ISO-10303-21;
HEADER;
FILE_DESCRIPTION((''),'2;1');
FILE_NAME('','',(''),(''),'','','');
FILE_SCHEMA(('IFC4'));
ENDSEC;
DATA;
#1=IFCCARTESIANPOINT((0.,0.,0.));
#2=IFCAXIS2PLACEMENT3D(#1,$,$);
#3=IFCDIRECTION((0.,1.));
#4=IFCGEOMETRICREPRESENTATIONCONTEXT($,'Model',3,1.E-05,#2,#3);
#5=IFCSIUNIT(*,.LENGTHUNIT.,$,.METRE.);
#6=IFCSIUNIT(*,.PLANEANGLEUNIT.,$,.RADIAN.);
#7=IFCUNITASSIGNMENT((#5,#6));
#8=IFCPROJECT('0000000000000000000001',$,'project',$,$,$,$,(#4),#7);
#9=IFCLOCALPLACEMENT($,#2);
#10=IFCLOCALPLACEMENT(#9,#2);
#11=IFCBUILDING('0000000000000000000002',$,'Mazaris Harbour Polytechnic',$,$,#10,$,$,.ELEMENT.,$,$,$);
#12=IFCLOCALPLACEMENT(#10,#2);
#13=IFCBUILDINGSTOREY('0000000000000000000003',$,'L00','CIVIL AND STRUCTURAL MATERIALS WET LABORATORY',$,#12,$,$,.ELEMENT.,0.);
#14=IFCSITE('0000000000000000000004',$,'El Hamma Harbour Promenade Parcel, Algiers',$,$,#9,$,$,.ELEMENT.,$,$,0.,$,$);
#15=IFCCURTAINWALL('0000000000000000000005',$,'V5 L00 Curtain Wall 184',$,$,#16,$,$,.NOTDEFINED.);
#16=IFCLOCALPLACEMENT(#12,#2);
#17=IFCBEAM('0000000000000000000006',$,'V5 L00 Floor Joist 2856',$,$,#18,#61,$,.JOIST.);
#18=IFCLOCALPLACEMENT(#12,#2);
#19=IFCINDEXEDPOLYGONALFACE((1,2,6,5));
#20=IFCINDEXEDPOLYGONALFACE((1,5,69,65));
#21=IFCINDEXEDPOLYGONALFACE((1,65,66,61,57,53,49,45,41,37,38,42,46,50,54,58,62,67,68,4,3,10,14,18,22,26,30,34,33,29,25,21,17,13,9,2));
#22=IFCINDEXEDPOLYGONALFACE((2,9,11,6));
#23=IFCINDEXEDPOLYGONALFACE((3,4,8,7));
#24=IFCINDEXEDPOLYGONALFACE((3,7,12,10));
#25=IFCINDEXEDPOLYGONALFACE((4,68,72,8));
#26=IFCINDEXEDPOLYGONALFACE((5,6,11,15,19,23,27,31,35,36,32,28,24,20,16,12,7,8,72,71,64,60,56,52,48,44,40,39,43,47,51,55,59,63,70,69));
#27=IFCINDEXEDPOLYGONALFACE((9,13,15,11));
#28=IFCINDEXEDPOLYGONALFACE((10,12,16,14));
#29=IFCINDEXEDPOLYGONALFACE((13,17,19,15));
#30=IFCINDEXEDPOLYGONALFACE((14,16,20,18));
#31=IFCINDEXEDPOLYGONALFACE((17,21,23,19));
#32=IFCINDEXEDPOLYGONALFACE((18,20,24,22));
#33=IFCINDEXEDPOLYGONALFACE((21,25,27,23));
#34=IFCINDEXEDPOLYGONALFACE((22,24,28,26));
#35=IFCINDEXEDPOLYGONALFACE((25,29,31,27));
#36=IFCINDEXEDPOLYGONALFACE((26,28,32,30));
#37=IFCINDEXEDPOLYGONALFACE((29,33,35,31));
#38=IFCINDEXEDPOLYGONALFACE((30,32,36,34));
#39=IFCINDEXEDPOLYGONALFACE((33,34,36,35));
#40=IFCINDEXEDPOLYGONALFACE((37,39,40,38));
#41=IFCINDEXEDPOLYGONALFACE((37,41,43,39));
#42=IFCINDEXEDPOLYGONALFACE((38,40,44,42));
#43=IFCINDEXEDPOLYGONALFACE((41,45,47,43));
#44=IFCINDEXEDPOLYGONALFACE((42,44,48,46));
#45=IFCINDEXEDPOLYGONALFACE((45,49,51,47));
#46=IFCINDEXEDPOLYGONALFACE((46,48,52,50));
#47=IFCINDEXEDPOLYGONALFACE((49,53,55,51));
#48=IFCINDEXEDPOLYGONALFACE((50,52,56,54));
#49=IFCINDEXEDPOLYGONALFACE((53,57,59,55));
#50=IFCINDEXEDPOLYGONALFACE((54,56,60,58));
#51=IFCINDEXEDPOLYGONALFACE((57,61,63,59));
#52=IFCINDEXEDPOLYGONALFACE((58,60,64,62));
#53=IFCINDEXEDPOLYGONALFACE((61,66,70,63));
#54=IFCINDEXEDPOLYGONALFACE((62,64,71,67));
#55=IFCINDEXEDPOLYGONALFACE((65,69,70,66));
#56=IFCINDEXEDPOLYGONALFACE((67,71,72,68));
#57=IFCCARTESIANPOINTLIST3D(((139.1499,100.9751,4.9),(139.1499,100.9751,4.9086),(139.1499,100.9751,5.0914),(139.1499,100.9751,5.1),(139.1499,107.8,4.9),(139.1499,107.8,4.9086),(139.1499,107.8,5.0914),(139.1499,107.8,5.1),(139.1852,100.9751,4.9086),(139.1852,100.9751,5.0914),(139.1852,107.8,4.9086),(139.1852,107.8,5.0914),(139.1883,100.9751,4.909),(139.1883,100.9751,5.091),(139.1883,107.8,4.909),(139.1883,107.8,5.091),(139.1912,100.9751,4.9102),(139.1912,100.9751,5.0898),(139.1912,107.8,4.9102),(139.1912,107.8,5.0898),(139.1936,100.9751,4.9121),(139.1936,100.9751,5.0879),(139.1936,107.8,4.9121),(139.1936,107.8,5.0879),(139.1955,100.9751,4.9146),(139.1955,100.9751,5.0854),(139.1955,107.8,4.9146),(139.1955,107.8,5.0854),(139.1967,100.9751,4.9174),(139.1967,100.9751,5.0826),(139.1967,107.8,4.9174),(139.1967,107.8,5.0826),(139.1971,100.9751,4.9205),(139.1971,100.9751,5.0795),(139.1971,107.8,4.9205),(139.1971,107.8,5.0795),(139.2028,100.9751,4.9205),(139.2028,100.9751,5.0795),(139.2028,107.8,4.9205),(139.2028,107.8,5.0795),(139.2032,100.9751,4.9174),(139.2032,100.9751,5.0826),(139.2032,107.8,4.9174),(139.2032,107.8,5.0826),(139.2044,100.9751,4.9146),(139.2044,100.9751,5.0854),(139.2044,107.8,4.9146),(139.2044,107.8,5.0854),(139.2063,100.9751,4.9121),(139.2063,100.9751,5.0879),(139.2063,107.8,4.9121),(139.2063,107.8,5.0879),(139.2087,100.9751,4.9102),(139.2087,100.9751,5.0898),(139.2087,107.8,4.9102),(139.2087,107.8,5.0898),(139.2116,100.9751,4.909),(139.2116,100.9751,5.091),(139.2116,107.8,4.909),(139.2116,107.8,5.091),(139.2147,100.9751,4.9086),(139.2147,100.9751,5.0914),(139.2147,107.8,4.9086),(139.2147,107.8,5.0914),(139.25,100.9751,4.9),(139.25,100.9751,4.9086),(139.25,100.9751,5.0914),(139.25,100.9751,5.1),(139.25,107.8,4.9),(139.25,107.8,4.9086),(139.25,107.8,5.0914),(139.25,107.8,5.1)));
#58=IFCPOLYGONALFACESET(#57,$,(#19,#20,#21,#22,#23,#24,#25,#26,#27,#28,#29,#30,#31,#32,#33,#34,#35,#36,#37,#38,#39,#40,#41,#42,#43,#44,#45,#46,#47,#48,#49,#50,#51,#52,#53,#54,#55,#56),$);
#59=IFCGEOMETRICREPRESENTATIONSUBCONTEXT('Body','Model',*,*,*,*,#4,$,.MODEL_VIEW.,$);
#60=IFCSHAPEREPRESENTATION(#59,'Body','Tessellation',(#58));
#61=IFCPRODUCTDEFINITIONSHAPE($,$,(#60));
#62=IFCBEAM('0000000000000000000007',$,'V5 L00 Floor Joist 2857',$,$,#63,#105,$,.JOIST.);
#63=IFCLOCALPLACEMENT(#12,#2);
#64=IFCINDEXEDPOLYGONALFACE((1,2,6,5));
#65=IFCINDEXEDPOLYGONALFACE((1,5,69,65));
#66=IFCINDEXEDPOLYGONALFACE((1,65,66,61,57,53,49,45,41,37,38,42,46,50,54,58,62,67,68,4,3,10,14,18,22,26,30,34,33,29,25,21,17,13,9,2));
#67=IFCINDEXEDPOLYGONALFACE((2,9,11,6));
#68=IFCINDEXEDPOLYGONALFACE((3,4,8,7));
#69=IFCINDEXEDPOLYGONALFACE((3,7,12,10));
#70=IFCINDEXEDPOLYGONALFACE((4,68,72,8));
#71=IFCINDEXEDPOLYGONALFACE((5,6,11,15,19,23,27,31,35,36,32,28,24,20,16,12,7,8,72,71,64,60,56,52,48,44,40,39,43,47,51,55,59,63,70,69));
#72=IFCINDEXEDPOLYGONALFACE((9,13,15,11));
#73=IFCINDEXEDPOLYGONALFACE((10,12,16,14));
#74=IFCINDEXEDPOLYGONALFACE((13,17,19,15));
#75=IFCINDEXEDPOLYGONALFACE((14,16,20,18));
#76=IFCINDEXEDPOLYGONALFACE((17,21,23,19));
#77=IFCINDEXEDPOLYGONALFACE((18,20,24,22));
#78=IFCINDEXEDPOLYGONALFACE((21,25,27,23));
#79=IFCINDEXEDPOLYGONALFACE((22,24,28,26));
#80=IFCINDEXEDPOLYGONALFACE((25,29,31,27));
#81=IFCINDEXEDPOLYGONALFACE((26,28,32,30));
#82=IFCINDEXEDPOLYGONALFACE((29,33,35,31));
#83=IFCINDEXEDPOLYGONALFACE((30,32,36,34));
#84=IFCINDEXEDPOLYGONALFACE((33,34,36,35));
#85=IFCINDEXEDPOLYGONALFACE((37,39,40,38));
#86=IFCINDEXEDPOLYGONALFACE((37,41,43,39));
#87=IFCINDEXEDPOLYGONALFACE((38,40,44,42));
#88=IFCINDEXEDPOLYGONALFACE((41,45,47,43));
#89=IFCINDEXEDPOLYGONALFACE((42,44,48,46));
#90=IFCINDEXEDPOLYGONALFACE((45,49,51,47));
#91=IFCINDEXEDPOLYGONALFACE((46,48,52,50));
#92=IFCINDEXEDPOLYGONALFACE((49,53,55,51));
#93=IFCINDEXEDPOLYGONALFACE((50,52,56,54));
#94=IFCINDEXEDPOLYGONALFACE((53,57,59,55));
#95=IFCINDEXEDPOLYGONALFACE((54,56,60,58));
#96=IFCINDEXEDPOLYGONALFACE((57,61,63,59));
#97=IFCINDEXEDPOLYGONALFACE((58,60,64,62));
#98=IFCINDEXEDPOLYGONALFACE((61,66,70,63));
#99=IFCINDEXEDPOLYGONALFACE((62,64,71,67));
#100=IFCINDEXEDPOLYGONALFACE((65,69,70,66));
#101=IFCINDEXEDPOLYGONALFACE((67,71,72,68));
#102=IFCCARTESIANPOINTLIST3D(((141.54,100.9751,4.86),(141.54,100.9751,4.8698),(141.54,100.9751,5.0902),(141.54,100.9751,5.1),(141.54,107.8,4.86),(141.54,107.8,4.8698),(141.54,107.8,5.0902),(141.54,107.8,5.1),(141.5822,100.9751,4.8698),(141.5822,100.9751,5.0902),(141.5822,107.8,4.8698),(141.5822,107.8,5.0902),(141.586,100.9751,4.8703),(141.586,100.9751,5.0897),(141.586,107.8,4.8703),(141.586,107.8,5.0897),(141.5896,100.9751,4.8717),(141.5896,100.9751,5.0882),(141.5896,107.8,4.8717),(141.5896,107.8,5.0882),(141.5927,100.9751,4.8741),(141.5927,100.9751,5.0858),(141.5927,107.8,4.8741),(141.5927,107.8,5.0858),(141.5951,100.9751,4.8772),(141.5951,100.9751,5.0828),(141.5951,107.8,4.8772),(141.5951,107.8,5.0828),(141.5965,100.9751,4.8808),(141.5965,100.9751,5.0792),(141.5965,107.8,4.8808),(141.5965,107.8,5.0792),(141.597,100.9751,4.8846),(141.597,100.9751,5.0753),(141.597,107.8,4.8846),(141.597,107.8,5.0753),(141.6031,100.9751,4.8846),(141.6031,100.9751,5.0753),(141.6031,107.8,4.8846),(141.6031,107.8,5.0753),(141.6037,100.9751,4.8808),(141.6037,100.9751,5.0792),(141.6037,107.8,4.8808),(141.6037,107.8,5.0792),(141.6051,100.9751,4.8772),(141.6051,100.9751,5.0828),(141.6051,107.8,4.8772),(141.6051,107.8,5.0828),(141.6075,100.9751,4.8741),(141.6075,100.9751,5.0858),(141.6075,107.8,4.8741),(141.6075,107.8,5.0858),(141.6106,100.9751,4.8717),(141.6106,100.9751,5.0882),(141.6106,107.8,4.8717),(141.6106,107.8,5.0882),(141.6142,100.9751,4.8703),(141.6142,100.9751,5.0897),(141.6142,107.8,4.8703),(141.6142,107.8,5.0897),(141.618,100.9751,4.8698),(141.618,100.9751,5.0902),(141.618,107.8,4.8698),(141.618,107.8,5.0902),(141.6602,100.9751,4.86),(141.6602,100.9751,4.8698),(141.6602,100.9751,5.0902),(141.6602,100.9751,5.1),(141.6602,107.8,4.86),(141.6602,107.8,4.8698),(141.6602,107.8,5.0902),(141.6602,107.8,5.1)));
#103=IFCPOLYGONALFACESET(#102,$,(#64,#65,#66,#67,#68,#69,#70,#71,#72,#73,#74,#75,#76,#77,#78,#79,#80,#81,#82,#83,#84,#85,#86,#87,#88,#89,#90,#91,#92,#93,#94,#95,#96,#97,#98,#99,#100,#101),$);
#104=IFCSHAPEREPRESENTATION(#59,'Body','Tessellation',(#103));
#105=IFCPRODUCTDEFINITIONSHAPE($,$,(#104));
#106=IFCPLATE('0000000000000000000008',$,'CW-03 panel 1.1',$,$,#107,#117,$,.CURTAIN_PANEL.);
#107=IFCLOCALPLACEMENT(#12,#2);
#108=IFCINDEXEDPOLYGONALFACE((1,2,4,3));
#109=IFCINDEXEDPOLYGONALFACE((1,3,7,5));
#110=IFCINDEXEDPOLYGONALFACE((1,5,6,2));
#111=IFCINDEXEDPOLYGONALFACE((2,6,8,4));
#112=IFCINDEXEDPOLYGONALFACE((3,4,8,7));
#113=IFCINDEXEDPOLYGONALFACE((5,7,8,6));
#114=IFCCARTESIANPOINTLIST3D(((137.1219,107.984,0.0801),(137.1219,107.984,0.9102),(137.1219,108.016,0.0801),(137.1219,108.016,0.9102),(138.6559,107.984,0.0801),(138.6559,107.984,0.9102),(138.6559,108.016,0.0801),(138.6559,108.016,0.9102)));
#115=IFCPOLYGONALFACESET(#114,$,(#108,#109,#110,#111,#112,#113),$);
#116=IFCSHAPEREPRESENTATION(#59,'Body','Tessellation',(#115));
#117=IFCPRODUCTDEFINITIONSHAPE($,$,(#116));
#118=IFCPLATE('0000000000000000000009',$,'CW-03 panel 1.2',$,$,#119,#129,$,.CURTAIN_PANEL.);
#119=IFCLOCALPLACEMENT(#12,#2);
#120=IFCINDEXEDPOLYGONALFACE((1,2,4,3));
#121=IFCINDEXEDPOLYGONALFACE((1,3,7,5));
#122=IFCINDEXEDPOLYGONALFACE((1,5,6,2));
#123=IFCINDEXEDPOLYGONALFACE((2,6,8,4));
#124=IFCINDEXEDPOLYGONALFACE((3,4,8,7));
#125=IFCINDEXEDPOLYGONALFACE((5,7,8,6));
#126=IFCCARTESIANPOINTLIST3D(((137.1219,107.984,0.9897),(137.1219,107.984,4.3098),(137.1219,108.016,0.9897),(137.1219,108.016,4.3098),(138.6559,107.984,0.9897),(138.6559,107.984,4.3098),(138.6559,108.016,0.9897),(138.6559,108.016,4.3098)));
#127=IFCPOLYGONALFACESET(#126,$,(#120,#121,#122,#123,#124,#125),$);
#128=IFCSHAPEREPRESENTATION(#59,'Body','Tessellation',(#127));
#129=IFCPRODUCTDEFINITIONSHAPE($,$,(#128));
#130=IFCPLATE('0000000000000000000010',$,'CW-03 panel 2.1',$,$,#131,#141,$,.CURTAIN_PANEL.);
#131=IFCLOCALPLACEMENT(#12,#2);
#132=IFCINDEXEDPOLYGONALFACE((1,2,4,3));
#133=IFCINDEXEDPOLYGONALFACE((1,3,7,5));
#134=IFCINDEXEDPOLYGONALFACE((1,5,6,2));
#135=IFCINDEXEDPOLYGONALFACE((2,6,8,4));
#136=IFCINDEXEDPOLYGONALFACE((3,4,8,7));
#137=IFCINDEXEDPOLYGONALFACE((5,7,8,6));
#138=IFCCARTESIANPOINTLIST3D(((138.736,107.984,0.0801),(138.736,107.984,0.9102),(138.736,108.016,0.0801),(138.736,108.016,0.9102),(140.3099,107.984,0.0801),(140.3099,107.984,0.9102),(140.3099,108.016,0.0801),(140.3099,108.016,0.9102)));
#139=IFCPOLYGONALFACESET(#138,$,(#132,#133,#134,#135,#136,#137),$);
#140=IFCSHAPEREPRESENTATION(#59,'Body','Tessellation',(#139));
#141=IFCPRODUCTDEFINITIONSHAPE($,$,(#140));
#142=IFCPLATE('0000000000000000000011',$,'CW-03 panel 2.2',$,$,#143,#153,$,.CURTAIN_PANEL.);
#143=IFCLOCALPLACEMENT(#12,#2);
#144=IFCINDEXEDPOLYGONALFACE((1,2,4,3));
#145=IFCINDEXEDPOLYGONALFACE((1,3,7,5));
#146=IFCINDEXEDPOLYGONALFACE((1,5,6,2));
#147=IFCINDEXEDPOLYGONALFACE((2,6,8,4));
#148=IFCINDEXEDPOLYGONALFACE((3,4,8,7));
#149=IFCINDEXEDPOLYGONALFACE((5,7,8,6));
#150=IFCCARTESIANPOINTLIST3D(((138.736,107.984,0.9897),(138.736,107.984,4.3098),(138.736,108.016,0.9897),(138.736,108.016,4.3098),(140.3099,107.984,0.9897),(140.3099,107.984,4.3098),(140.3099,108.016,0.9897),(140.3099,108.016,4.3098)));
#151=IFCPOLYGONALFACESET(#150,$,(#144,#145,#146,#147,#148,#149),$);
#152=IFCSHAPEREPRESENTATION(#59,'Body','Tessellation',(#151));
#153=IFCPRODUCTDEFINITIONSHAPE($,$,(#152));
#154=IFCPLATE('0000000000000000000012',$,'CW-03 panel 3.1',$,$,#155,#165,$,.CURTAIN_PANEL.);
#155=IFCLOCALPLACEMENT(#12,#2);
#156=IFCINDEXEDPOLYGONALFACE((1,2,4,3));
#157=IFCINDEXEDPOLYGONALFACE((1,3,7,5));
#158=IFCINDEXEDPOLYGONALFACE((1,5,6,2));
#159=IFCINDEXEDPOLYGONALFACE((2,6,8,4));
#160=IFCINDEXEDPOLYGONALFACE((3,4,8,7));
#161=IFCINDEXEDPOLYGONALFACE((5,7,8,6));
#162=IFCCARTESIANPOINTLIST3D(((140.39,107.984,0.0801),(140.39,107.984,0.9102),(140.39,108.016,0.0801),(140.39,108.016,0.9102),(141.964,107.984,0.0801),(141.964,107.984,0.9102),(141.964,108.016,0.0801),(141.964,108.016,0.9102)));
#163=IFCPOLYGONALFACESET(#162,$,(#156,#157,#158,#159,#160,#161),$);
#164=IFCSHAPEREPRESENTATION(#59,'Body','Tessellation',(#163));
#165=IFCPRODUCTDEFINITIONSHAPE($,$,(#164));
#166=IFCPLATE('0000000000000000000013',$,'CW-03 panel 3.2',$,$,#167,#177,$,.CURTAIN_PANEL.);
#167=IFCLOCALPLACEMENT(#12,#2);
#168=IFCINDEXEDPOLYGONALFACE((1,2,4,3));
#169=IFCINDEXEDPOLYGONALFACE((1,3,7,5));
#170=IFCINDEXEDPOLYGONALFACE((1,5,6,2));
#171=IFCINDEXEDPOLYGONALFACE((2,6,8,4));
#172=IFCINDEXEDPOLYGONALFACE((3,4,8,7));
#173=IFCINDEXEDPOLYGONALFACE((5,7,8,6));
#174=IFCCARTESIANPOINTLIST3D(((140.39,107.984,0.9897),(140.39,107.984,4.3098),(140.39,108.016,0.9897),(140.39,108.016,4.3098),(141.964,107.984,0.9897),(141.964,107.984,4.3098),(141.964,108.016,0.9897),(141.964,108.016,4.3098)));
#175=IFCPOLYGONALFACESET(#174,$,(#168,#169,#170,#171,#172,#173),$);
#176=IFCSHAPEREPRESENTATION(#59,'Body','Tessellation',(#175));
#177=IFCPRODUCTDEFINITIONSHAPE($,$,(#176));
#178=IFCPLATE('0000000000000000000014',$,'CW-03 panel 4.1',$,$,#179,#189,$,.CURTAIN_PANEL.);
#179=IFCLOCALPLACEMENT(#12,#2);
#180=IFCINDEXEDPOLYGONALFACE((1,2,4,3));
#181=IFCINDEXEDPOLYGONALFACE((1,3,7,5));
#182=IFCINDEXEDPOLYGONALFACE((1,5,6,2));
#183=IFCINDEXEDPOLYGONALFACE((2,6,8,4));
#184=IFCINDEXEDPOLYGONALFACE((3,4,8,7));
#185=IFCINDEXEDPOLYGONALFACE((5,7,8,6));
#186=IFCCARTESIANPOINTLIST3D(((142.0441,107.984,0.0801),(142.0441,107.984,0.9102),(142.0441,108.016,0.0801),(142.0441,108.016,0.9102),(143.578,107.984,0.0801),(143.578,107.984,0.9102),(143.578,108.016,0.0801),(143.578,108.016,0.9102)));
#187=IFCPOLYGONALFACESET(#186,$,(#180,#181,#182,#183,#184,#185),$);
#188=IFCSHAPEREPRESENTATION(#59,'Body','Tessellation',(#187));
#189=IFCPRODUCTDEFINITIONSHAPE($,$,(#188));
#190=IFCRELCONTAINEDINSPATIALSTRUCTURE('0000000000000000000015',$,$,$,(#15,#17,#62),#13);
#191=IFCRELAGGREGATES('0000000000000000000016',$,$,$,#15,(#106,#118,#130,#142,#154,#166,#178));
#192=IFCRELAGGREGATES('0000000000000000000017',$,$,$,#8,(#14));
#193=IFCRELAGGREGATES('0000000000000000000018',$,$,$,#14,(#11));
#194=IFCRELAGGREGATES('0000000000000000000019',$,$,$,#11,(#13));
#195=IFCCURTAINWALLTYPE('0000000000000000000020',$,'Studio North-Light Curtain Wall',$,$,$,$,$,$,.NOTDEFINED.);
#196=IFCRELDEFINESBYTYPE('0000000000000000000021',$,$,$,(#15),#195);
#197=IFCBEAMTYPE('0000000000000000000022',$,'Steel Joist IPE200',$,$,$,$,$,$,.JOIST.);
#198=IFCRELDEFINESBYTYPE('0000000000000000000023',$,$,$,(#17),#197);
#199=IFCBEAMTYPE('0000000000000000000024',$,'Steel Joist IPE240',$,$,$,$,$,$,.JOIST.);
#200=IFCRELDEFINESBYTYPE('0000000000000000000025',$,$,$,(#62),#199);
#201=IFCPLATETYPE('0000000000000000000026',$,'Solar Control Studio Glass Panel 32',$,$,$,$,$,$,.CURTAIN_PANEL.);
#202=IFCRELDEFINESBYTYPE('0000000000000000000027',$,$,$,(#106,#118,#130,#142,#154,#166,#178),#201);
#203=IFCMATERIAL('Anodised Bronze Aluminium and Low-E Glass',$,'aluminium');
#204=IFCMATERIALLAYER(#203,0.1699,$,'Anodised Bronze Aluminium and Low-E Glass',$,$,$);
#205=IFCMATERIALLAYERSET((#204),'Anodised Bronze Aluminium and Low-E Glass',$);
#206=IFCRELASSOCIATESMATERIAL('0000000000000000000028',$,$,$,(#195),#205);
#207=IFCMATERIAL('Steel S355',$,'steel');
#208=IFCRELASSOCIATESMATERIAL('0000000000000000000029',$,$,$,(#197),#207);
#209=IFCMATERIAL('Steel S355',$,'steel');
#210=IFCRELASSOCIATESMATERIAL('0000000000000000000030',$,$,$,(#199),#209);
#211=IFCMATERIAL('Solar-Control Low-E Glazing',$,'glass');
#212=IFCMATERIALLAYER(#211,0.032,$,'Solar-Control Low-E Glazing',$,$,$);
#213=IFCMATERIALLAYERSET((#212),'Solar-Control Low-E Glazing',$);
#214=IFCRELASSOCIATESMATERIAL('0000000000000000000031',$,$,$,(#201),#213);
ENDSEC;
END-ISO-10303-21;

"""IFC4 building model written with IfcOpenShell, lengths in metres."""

from ifc_helpers import new_model, si_unit, direction, frame, origin, origin_2d, place, context, subcontext, project, spatial, rectangle, i_section, extrude, material, layer, layer_set, material_profile, profile_set, type_object, element, aggregate, save


model = new_model("IFC4")

# Units and contexts
model_context = context("Model", 3, precision=1e-05, world=origin(), true_north=direction((0.0, 1.0)))
body_context = subcontext(model_context, "Body", "Model", "MODEL_VIEW")
ifc_project = project(units=[si_unit("LENGTHUNIT", "METRE"), si_unit("PLANEANGLEUNIT", "RADIAN")], contexts=[model_context])

# Site, building, storey
site_placement = place(None, origin())
site = spatial("IfcSite", under=ifc_project, at=site_placement, Name="El Hamma Harbour Promenade Parcel, Algiers", CompositionType="ELEMENT", RefElevation=0.0)
building_placement = place(site_placement, origin())
building = spatial("IfcBuilding", under=site, at=building_placement, Name="Mazaris Harbour Polytechnic", CompositionType="ELEMENT")
storey_placement = place(building_placement, origin())
storey = spatial("IfcBuildingStorey", under=building, at=storey_placement, Name="L00", Description="CIVIL AND STRUCTURAL MATERIALS WET LABORATORY", CompositionType="ELEMENT", Elevation=0.0)

# Curtain wall
ifc_material_1 = material(Name="Anodised Bronze Aluminium and Low-E Glass", Category="aluminium")
ifc_layer_1 = layer(ifc_material_1, 0.1699, Name="Anodised Bronze Aluminium and Low-E Glass")
ifc_layer_set_1 = layer_set([ifc_layer_1], Name="Anodised Bronze Aluminium and Low-E Glass")
curtain_wall_type = type_object("IfcCurtainWallType", Name="Studio North-Light Curtain Wall", PredefinedType="NOTDEFINED", material=ifc_layer_set_1)
curtain_wall_placement = place(storey_placement, origin())
curtain_wall = element("IfcCurtainWall", 1, at=curtain_wall_placement, inside=storey, type_object=curtain_wall_type, Name="V5 L00 Curtain Wall 184", PredefinedType="NOTDEFINED")

# Beams
ifc_material_2 = material(Name="Steel S355", Category="steel")
ifc_material_profile_1 = material_profile(ifc_material_2, i_section(OverallWidth=0.1001, OverallDepth=0.2, WebThickness=0.0056, FlangeThickness=0.0085, FilletRadius=0.012, at=origin_2d()), Name="IPE 200")
ifc_profile_set_1 = profile_set([ifc_material_profile_1], Name="Steel S355")
beam_type_1 = type_object("IfcBeamType", Name="Steel Joist IPE200", PredefinedType="JOIST", material=ifc_profile_set_1)
beam_1_placement = place(storey_placement, frame((139.2, 100.9751, 5.0), z_axis=(0.0, 1.0, 0.0), x_axis=(-1.0, 0.0, 0.0)))
element("IfcBeam", 2, at=beam_1_placement, inside=storey, type_object=beam_type_1, Name="V5 L00 Floor Joist 2856", PredefinedType="JOIST", context=body_context, shape_type="SweptSolid", body=[
    extrude(i_section(OverallWidth=0.1001, OverallDepth=0.2, WebThickness=0.0056, FlangeThickness=0.0085, FilletRadius=0.012, at=origin_2d()), origin(), (0.0, 0.0, 1.0), 6.825),
])
ifc_material_3 = material(Name="Steel S355", Category="steel")
ifc_material_profile_2 = material_profile(ifc_material_3, i_section(OverallWidth=0.1201, OverallDepth=0.24, WebThickness=0.0061, FlangeThickness=0.0098, FilletRadius=0.0149, at=origin_2d()), Name="IPE 240")
ifc_profile_set_2 = profile_set([ifc_material_profile_2], Name="Steel S355")
beam_type_2 = type_object("IfcBeamType", Name="Steel Joist IPE240", PredefinedType="JOIST", material=ifc_profile_set_2)
beam_2_placement = place(storey_placement, frame((141.6001, 100.9751, 4.98), z_axis=(0.0, 1.0, 0.0), x_axis=(-1.0, 0.0, 0.0)))
element("IfcBeam", 3, at=beam_2_placement, inside=storey, type_object=beam_type_2, Name="V5 L00 Floor Joist 2857", PredefinedType="JOIST", context=body_context, shape_type="SweptSolid", body=[
    extrude(i_section(OverallWidth=0.1201, OverallDepth=0.24, WebThickness=0.0061, FlangeThickness=0.0098, FilletRadius=0.0149, at=origin_2d()), origin(), (0.0, 0.0, 1.0), 6.825),
])

# Plates
ifc_material_4 = material(Name="Solar-Control Low-E Glazing", Category="glass")
ifc_layer_2 = layer(ifc_material_4, 0.032, Name="Solar-Control Low-E Glazing")
ifc_layer_set_2 = layer_set([ifc_layer_2], Name="Solar-Control Low-E Glazing")
plate_type = type_object("IfcPlateType", Name="Solar Control Studio Glass Panel 32", PredefinedType="CURTAIN_PANEL", material=ifc_layer_set_2)
plate_1_placement = place(storey_placement, frame((137.8889, 108.0, 0.0801), z_axis=(0.0, 0.0, 1.0), x_axis=(1.0, 0.0, 0.0)))
plate_1 = element("IfcPlate", 4, at=plate_1_placement, type_object=plate_type, Name="CW-03 panel 1.1", PredefinedType="CURTAIN_PANEL", context=body_context, shape_type="SweptSolid", body=[
    extrude(rectangle(XDim=1.5339, YDim=0.032, at=origin_2d()), origin(), (0.0, 0.0, 1.0), 0.8301),
])
plate_2_placement = place(storey_placement, frame((137.8889, 108.0, 0.9897), z_axis=(0.0, 0.0, 1.0), x_axis=(1.0, 0.0, 0.0)))
plate_2 = element("IfcPlate", 5, at=plate_2_placement, type_object=plate_type, Name="CW-03 panel 1.2", PredefinedType="CURTAIN_PANEL", context=body_context, shape_type="SweptSolid", body=[
    extrude(rectangle(XDim=1.5339, YDim=0.032, at=origin_2d()), origin(), (0.0, 0.0, 1.0), 3.3201),
])
plate_3_placement = place(storey_placement, frame((139.5229, 108.0, 0.0801), z_axis=(0.0, 0.0, 1.0), x_axis=(1.0, 0.0, 0.0)))
plate_3 = element("IfcPlate", 6, at=plate_3_placement, type_object=plate_type, Name="CW-03 panel 2.1", PredefinedType="CURTAIN_PANEL", context=body_context, shape_type="SweptSolid", body=[
    extrude(rectangle(XDim=1.574, YDim=0.032, at=origin_2d()), origin(), (0.0, 0.0, 1.0), 0.8301),
])
plate_4_placement = place(storey_placement, frame((139.5229, 108.0, 0.9897), z_axis=(0.0, 0.0, 1.0), x_axis=(1.0, 0.0, 0.0)))
plate_4 = element("IfcPlate", 7, at=plate_4_placement, type_object=plate_type, Name="CW-03 panel 2.2", PredefinedType="CURTAIN_PANEL", context=body_context, shape_type="SweptSolid", body=[
    extrude(rectangle(XDim=1.574, YDim=0.032, at=origin_2d()), origin(), (0.0, 0.0, 1.0), 3.3201),
])
plate_5_placement = place(storey_placement, frame((141.177, 108.0, 0.0801), z_axis=(0.0, 0.0, 1.0), x_axis=(1.0, 0.0, 0.0)))
plate_5 = element("IfcPlate", 8, at=plate_5_placement, type_object=plate_type, Name="CW-03 panel 3.1", PredefinedType="CURTAIN_PANEL", context=body_context, shape_type="SweptSolid", body=[
    extrude(rectangle(XDim=1.574, YDim=0.032, at=origin_2d()), origin(), (0.0, 0.0, 1.0), 0.8301),
])
plate_6_placement = place(storey_placement, frame((141.177, 108.0, 0.9897), z_axis=(0.0, 0.0, 1.0), x_axis=(1.0, 0.0, 0.0)))
plate_6 = element("IfcPlate", 9, at=plate_6_placement, type_object=plate_type, Name="CW-03 panel 3.2", PredefinedType="CURTAIN_PANEL", context=body_context, shape_type="SweptSolid", body=[
    extrude(rectangle(XDim=1.574, YDim=0.032, at=origin_2d()), origin(), (0.0, 0.0, 1.0), 3.3201),
])
plate_7_placement = place(storey_placement, frame((142.811, 108.0, 0.0801), z_axis=(0.0, 0.0, 1.0), x_axis=(1.0, 0.0, 0.0)))
plate_7 = element("IfcPlate", 10, at=plate_7_placement, type_object=plate_type, Name="CW-03 panel 4.1", PredefinedType="CURTAIN_PANEL", context=body_context, shape_type="SweptSolid", body=[
    extrude(rectangle(XDim=1.5339, YDim=0.032, at=origin_2d()), origin(), (0.0, 0.0, 1.0), 0.8301),
])
aggregate(curtain_wall, [plate_1, plate_2, plate_3, plate_4, plate_5, plate_6, plate_7])

save(model, "model.ifc")
